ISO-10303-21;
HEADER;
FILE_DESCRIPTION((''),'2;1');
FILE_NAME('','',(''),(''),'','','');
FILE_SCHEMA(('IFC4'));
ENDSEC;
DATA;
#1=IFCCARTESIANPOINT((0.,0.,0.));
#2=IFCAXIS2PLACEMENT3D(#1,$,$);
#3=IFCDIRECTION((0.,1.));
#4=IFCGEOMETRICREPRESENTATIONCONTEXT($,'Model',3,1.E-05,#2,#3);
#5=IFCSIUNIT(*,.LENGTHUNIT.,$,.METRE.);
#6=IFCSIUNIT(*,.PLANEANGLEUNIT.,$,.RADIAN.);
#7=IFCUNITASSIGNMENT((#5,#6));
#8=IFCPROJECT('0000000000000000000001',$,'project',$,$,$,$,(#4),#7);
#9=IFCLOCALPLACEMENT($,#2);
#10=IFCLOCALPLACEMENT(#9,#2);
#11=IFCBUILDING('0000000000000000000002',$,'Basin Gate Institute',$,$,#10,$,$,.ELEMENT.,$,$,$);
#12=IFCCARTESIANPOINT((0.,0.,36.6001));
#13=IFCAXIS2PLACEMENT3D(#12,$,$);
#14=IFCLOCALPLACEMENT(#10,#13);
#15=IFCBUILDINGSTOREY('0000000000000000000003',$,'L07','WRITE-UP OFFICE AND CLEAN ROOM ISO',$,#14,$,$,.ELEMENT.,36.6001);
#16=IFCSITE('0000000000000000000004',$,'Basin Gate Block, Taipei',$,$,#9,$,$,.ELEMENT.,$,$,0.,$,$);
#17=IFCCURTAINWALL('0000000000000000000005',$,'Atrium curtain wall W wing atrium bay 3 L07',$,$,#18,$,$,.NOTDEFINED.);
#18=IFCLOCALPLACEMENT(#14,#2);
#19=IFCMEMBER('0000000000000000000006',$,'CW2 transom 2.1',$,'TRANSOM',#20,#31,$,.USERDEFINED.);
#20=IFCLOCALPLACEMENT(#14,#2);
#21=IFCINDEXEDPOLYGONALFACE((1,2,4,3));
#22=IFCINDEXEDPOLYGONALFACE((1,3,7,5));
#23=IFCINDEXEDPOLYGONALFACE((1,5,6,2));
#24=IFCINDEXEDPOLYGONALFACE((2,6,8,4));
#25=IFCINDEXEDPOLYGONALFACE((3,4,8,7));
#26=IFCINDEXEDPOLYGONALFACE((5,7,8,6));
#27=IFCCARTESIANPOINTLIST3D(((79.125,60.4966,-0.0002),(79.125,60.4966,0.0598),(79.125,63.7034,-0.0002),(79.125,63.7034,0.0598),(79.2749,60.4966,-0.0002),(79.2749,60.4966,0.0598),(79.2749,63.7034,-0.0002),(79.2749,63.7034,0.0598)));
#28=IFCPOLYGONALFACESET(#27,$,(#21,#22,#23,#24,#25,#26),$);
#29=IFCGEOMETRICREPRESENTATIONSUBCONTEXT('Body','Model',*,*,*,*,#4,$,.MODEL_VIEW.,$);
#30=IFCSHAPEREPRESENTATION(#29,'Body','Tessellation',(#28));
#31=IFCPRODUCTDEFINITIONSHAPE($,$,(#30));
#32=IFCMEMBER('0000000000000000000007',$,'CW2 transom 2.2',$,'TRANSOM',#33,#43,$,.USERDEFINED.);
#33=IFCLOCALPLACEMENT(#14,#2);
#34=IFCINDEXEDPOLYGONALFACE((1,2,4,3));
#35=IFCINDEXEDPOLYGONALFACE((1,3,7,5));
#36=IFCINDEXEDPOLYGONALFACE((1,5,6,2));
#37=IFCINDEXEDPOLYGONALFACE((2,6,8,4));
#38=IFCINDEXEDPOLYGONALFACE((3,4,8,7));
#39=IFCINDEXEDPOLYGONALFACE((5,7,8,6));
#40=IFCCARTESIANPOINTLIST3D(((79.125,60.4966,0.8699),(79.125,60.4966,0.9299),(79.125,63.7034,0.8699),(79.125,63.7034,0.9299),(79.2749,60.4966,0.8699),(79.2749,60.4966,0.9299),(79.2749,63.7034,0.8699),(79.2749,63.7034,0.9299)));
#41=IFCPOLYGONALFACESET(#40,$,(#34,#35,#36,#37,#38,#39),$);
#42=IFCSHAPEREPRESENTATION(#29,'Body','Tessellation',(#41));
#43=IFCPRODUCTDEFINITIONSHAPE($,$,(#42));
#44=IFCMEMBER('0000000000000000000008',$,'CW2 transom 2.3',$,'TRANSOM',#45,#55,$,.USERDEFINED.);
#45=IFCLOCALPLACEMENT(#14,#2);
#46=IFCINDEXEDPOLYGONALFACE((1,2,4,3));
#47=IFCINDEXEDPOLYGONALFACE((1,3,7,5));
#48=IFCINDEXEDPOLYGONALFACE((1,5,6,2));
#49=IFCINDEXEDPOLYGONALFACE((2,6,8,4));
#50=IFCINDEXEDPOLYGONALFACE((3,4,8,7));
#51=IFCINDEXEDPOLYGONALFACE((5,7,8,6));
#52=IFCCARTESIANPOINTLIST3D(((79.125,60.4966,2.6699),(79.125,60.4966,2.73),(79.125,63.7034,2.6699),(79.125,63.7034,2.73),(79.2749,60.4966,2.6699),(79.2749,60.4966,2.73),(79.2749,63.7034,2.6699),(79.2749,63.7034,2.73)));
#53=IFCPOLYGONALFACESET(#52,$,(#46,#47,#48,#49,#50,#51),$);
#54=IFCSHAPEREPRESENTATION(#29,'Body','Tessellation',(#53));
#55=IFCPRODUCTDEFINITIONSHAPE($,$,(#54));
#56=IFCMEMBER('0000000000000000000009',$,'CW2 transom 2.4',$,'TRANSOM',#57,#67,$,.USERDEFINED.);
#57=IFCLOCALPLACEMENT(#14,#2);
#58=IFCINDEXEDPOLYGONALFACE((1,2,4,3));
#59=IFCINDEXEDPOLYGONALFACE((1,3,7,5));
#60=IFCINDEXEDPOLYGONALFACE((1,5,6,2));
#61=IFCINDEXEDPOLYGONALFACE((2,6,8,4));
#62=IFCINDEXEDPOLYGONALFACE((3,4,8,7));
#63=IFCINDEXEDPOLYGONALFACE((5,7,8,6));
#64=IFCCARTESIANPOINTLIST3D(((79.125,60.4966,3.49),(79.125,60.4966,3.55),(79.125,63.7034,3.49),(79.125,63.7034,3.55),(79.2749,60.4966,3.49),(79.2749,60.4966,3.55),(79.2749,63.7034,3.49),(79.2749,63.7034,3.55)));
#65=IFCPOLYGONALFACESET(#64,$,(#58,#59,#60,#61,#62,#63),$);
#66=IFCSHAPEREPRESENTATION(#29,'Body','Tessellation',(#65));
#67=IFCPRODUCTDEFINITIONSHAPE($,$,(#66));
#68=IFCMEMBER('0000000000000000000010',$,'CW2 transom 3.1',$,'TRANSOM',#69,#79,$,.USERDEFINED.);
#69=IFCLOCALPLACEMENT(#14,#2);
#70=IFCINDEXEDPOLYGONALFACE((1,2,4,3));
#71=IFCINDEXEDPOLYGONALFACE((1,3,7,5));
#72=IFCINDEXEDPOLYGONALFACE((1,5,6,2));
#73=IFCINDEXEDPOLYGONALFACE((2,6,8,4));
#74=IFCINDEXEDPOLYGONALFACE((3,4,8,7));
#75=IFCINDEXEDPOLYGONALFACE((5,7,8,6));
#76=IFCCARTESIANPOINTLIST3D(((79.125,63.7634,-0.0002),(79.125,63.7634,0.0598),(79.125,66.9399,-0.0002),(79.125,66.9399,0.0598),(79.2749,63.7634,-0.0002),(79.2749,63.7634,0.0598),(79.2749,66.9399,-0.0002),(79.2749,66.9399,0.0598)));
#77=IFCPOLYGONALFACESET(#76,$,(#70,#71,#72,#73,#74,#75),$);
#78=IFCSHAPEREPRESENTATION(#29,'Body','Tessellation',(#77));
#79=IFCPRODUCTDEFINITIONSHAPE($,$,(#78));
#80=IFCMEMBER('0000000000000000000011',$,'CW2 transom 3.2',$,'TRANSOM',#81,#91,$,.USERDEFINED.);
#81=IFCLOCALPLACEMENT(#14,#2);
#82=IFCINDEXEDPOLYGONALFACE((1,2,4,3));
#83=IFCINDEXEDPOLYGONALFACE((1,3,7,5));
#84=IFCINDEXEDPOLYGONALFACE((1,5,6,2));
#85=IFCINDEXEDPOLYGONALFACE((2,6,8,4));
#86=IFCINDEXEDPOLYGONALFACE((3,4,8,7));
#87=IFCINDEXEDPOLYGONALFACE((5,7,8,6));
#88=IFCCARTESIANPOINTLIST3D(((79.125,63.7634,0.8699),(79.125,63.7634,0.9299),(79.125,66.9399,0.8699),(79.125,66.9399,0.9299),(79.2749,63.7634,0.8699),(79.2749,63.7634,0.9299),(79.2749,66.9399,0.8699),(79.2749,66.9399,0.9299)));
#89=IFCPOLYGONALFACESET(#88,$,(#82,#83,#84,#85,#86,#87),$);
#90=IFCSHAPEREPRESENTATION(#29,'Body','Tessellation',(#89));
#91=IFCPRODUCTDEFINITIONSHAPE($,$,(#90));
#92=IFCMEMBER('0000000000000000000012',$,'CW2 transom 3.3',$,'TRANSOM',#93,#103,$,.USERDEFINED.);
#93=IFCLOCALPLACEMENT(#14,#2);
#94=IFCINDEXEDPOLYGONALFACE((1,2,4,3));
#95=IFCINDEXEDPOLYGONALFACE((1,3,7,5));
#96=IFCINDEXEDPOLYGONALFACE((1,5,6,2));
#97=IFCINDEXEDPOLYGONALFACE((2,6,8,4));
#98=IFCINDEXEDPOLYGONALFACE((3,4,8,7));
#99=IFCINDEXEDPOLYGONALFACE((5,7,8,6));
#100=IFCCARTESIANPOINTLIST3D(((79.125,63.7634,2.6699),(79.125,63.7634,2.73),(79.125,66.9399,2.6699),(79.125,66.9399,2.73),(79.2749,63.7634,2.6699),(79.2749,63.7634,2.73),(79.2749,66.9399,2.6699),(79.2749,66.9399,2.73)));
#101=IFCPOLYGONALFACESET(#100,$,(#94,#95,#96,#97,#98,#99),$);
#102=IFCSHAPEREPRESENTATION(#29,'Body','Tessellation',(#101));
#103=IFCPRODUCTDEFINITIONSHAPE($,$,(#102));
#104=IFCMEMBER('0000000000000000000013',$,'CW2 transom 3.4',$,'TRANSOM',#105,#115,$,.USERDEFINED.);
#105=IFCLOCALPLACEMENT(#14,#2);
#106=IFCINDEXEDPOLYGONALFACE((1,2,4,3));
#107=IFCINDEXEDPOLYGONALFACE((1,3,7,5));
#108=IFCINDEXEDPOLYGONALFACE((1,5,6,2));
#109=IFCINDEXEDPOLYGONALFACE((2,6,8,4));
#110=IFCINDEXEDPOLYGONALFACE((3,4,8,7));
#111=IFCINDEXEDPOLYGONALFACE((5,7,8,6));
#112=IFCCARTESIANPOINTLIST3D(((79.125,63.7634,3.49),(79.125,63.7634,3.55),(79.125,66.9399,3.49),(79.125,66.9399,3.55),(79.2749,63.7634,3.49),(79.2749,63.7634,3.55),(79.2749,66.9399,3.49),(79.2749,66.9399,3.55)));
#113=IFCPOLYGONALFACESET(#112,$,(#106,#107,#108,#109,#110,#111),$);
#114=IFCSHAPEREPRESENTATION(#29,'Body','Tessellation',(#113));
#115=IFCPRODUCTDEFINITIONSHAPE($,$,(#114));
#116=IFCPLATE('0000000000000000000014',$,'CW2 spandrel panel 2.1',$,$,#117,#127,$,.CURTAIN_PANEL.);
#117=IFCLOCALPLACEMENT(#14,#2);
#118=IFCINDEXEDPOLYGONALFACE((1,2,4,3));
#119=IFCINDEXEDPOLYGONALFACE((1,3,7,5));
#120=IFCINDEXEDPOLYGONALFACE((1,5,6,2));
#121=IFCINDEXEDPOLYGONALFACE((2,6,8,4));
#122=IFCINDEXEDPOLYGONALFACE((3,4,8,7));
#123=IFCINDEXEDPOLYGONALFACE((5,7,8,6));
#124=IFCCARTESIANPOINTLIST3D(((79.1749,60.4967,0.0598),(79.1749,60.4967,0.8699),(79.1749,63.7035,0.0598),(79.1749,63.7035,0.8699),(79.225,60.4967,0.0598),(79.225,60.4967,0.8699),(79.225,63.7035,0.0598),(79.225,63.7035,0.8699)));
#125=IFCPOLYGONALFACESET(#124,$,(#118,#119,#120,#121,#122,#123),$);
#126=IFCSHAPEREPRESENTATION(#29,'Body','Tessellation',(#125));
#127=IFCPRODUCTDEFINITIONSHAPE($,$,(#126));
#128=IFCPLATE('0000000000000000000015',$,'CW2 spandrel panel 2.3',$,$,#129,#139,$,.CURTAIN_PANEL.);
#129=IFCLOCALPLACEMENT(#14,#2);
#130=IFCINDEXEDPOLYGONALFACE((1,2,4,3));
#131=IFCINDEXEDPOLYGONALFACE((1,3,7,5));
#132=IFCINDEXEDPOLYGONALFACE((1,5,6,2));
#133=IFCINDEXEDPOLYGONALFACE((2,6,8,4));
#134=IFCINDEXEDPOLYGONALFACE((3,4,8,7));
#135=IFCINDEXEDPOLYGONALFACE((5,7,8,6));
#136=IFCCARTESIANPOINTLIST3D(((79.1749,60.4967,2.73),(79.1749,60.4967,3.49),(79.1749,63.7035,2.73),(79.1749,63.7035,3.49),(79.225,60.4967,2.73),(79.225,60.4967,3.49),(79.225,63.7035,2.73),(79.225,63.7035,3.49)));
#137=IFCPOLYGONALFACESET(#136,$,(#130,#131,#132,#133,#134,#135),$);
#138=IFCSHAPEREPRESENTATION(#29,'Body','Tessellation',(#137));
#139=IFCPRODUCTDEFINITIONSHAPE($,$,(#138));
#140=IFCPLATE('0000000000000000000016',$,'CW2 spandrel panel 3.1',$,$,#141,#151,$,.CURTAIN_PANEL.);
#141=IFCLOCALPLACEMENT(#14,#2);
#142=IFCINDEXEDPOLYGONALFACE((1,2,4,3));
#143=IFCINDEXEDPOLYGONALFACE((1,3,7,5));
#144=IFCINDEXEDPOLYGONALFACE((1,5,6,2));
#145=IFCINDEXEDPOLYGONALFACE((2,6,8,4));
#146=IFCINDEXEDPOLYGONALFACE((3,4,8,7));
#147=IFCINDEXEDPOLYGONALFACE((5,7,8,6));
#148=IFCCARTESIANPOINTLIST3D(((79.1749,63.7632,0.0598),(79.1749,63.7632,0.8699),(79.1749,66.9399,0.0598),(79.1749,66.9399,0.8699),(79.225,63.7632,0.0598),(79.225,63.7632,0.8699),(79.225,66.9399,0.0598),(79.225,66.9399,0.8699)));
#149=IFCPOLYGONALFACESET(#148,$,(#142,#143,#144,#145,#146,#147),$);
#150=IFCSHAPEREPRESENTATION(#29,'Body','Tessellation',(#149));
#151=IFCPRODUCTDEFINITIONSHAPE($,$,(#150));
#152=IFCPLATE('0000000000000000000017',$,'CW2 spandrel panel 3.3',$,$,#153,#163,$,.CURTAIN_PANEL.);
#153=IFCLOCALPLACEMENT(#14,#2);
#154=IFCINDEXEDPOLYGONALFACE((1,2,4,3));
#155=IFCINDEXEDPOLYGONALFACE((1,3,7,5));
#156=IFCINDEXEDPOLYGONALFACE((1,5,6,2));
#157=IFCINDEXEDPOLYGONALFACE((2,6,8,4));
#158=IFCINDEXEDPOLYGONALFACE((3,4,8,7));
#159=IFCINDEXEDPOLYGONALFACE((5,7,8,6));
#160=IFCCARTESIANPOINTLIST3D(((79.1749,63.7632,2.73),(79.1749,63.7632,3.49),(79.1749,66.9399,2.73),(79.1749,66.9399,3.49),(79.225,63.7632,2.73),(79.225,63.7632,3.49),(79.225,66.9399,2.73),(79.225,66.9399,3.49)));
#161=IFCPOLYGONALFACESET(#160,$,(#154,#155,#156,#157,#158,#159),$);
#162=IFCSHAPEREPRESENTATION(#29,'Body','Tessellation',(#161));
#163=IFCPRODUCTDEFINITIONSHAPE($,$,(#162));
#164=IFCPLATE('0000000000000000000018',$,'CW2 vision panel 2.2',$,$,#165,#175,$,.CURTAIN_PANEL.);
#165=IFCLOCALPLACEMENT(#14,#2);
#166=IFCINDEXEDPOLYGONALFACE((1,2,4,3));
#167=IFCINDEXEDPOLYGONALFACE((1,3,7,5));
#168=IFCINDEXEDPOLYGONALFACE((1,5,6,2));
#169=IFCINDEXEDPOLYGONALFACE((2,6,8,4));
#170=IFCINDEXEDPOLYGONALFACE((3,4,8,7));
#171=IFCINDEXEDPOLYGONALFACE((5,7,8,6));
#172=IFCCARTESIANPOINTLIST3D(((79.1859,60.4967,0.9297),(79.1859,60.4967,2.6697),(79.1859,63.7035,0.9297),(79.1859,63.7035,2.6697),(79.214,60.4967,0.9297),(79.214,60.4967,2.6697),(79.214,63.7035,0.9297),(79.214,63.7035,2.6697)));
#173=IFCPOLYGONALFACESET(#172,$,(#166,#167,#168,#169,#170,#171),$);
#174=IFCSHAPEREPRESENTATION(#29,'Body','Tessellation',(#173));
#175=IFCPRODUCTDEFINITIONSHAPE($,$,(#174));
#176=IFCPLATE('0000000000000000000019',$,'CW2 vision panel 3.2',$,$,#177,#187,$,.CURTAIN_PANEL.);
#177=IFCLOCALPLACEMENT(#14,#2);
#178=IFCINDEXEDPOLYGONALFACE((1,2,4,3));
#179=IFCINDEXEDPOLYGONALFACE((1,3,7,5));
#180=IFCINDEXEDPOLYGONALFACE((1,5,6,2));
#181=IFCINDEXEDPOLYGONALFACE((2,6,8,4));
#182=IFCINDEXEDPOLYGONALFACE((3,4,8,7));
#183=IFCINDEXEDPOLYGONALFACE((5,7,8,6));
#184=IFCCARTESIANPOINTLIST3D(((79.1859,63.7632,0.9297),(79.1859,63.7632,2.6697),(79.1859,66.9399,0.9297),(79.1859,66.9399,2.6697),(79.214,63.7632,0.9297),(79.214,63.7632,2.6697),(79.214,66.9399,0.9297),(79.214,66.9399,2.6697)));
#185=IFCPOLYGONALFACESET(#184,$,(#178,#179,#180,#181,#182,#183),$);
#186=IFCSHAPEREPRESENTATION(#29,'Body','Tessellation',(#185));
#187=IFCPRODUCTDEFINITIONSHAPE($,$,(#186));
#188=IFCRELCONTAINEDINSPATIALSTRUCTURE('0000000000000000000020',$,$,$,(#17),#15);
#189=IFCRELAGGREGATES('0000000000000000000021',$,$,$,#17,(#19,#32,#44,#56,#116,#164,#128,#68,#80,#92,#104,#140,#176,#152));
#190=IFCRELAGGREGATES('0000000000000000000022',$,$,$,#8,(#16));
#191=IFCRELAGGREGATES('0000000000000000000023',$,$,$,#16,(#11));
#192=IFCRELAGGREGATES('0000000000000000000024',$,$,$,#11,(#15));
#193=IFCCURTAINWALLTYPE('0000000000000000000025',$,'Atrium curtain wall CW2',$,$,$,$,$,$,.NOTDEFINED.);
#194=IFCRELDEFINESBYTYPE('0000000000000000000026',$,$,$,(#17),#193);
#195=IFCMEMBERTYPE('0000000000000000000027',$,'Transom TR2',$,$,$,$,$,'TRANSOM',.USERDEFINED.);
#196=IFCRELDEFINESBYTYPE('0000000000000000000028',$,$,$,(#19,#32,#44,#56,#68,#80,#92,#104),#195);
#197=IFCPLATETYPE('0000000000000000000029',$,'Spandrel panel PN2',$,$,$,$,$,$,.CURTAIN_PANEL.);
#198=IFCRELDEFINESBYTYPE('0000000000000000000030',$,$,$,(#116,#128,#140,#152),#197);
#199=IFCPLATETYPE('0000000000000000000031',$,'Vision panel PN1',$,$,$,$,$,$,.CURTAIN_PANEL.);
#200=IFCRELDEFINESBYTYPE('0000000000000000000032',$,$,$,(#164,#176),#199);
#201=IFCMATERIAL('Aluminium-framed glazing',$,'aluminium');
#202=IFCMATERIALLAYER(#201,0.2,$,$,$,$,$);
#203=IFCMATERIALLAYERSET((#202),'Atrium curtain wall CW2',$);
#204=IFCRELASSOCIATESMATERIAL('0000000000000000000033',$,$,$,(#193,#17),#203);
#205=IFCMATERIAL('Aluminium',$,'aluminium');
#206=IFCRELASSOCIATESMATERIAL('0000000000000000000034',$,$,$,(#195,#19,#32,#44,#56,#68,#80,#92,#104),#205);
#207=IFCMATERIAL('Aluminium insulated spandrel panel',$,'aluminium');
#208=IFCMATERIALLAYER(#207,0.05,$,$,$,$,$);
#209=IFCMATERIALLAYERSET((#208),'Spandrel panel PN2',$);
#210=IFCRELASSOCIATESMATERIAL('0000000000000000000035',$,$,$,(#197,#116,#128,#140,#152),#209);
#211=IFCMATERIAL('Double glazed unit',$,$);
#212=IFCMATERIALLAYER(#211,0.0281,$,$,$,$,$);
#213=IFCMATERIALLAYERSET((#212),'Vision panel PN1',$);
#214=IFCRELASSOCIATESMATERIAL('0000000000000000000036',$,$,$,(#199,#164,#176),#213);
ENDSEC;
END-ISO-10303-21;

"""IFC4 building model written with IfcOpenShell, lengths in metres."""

from ifc_helpers import new_model, si_unit, direction, frame, origin, origin_2d, place, context, subcontext, project, spatial, rectangle, extrude, material, layer, layer_set, material_profile, profile_set, type_object, element, aggregate, save


model = new_model("IFC4")

# Units and contexts
model_context = context("Model", 3, precision=1e-05, world=origin(), true_north=direction((0.0, 1.0)))
body_context = subcontext(model_context, "Body", "Model", "MODEL_VIEW")
ifc_project = project(units=[si_unit("LENGTHUNIT", "METRE"), si_unit("PLANEANGLEUNIT", "RADIAN")], contexts=[model_context])

# Site, building, storey
site_placement = place(None, origin())
site = spatial("IfcSite", under=ifc_project, at=site_placement, Name="Basin Gate Block, Taipei", CompositionType="ELEMENT", RefElevation=0.0)
building_placement = place(site_placement, origin())
building = spatial("IfcBuilding", under=site, at=building_placement, Name="Basin Gate Institute", CompositionType="ELEMENT")
storey_placement = place(building_placement, frame((0.0, 0.0, 36.6001)))
storey = spatial("IfcBuildingStorey", under=building, at=storey_placement, Name="L07", Description="WRITE-UP OFFICE AND CLEAN ROOM ISO", CompositionType="ELEMENT", Elevation=36.6001)

# Curtain wall
ifc_material_1 = material(Name="Aluminium-framed glazing", Category="aluminium")
ifc_layer_1 = layer(ifc_material_1, 0.2)
ifc_layer_set_1 = layer_set([ifc_layer_1], Name="Atrium curtain wall CW2")
curtain_wall_type = type_object("IfcCurtainWallType", Name="Atrium curtain wall CW2", PredefinedType="NOTDEFINED", material=ifc_layer_set_1)
curtain_wall_placement = place(storey_placement, origin())
curtain_wall = element("IfcCurtainWall", 1, at=curtain_wall_placement, inside=storey, type_object=curtain_wall_type, material=ifc_layer_set_1, Name="Atrium curtain wall W wing atrium bay 3 L07", PredefinedType="NOTDEFINED")

# Members
ifc_material_2 = material(Name="Aluminium", Category="aluminium")
ifc_material_profile_1 = material_profile(ifc_material_2, rectangle(XDim=0.1499, YDim=0.0601, at=origin_2d()), Name="Transom TR2 150 x 60")
ifc_profile_set_1 = profile_set([ifc_material_profile_1], Name="Aluminium")
member_type_1 = type_object("IfcMemberType", Name="Transom TR2", ElementType="TRANSOM", PredefinedType="USERDEFINED", material=ifc_profile_set_1)
member_1_placement = place(storey_placement, frame((79.2, 60.4966, 0.0298), z_axis=(0.0, 1.0, 0.0), x_axis=(-1.0, 0.0, 0.0)))
member_1 = element("IfcMember", 2, at=member_1_placement, type_object=member_type_1, material=ifc_profile_set_1, Name="CW2 transom 2.1", ObjectType="TRANSOM", PredefinedType="USERDEFINED", context=body_context, shape_type="SweptSolid", body=[
    extrude(rectangle(XDim=0.1499, YDim=0.0601, at=origin_2d()), origin(), (0.0, 0.0, 1.0), 3.2068),
])
member_2_placement = place(storey_placement, frame((79.2, 60.4966, 0.8999), z_axis=(0.0, 1.0, 0.0), x_axis=(-1.0, 0.0, 0.0)))
member_2 = element("IfcMember", 3, at=member_2_placement, type_object=member_type_1, material=ifc_profile_set_1, Name="CW2 transom 2.2", ObjectType="TRANSOM", PredefinedType="USERDEFINED", context=body_context, shape_type="SweptSolid", body=[
    extrude(rectangle(XDim=0.1499, YDim=0.0601, at=origin_2d()), origin(), (0.0, 0.0, 1.0), 3.2068),
])
member_3_placement = place(storey_placement, frame((79.2, 60.4966, 2.7), z_axis=(0.0, 1.0, 0.0), x_axis=(-1.0, 0.0, 0.0)))
member_3 = element("IfcMember", 4, at=member_3_placement, type_object=member_type_1, material=ifc_profile_set_1, Name="CW2 transom 2.3", ObjectType="TRANSOM", PredefinedType="USERDEFINED", context=body_context, shape_type="SweptSolid", body=[
    extrude(rectangle(XDim=0.1499, YDim=0.0601, at=origin_2d()), origin(), (0.0, 0.0, 1.0), 3.2068),
])
member_4_placement = place(storey_placement, frame((79.2, 60.4966, 3.52), z_axis=(0.0, 1.0, 0.0), x_axis=(-1.0, 0.0, 0.0)))
member_4 = element("IfcMember", 5, at=member_4_placement, type_object=member_type_1, material=ifc_profile_set_1, Name="CW2 transom 2.4", ObjectType="TRANSOM", PredefinedType="USERDEFINED", context=body_context, shape_type="SweptSolid", body=[
    extrude(rectangle(XDim=0.1499, YDim=0.0601, at=origin_2d()), origin(), (0.0, 0.0, 1.0), 3.2068),
])
member_5_placement = place(storey_placement, frame((79.2, 63.7634, 0.0298), z_axis=(0.0, 1.0, 0.0), x_axis=(-1.0, 0.0, 0.0)))
member_5 = element("IfcMember", 6, at=member_5_placement, type_object=member_type_1, material=ifc_profile_set_1, Name="CW2 transom 3.1", ObjectType="TRANSOM", PredefinedType="USERDEFINED", context=body_context, shape_type="SweptSolid", body=[
    extrude(rectangle(XDim=0.1499, YDim=0.0601, at=origin_2d()), origin(), (0.0, 0.0, 1.0), 3.1765),
])
member_6_placement = place(storey_placement, frame((79.2, 63.7634, 0.8999), z_axis=(0.0, 1.0, 0.0), x_axis=(-1.0, 0.0, 0.0)))
member_6 = element("IfcMember", 7, at=member_6_placement, type_object=member_type_1, material=ifc_profile_set_1, Name="CW2 transom 3.2", ObjectType="TRANSOM", PredefinedType="USERDEFINED", context=body_context, shape_type="SweptSolid", body=[
    extrude(rectangle(XDim=0.1499, YDim=0.0601, at=origin_2d()), origin(), (0.0, 0.0, 1.0), 3.1765),
])
member_7_placement = place(storey_placement, frame((79.2, 63.7634, 2.7), z_axis=(0.0, 1.0, 0.0), x_axis=(-1.0, 0.0, 0.0)))
member_7 = element("IfcMember", 8, at=member_7_placement, type_object=member_type_1, material=ifc_profile_set_1, Name="CW2 transom 3.3", ObjectType="TRANSOM", PredefinedType="USERDEFINED", context=body_context, shape_type="SweptSolid", body=[
    extrude(rectangle(XDim=0.1499, YDim=0.0601, at=origin_2d()), origin(), (0.0, 0.0, 1.0), 3.1765),
])
member_8_placement = place(storey_placement, frame((79.2, 63.7634, 3.52), z_axis=(0.0, 1.0, 0.0), x_axis=(-1.0, 0.0, 0.0)))
member_8 = element("IfcMember", 9, at=member_8_placement, type_object=member_type_1, material=ifc_profile_set_1, Name="CW2 transom 3.4", ObjectType="TRANSOM", PredefinedType="USERDEFINED", context=body_context, shape_type="SweptSolid", body=[
    extrude(rectangle(XDim=0.1499, YDim=0.0601, at=origin_2d()), origin(), (0.0, 0.0, 1.0), 3.1765),
])

# Plates
ifc_material_3 = material(Name="Aluminium insulated spandrel panel", Category="aluminium")
ifc_layer_2 = layer(ifc_material_3, 0.05)
ifc_layer_set_2 = layer_set([ifc_layer_2], Name="Spandrel panel PN2")
plate_type_1 = type_object("IfcPlateType", Name="Spandrel panel PN2", PredefinedType="CURTAIN_PANEL", material=ifc_layer_set_2)
plate_1_placement = place(storey_placement, frame((79.2, 62.1001, 0.0598), z_axis=(0.0, 0.0, 1.0), x_axis=(0.0, 1.0, 0.0)))
plate_1 = element("IfcPlate", 10, at=plate_1_placement, type_object=plate_type_1, material=ifc_layer_set_2, Name="CW2 spandrel panel 2.1", PredefinedType="CURTAIN_PANEL", context=body_context, shape_type="SweptSolid", body=[
    extrude(rectangle(XDim=3.2068, YDim=0.05, at=origin_2d()), origin(), (0.0, 0.0, 1.0), 0.8101),
])
plate_2_placement = place(storey_placement, frame((79.2, 62.1001, 2.73), z_axis=(0.0, 0.0, 1.0), x_axis=(0.0, 1.0, 0.0)))
plate_2 = element("IfcPlate", 11, at=plate_2_placement, type_object=plate_type_1, material=ifc_layer_set_2, Name="CW2 spandrel panel 2.3", PredefinedType="CURTAIN_PANEL", context=body_context, shape_type="SweptSolid", body=[
    extrude(rectangle(XDim=3.2068, YDim=0.05, at=origin_2d()), origin(), (0.0, 0.0, 1.0), 0.76),
])
plate_3_placement = place(storey_placement, frame((79.2, 65.3516, 0.0598), z_axis=(0.0, 0.0, 1.0), x_axis=(0.0, 1.0, 0.0)))
plate_3 = element("IfcPlate", 12, at=plate_3_placement, type_object=plate_type_1, material=ifc_layer_set_2, Name="CW2 spandrel panel 3.1", PredefinedType="CURTAIN_PANEL", context=body_context, shape_type="SweptSolid", body=[
    extrude(rectangle(XDim=3.1768, YDim=0.05, at=origin_2d()), origin(), (0.0, 0.0, 1.0), 0.8101),
])
plate_4_placement = place(storey_placement, frame((79.2, 65.3516, 2.73), z_axis=(0.0, 0.0, 1.0), x_axis=(0.0, 1.0, 0.0)))
plate_4 = element("IfcPlate", 13, at=plate_4_placement, type_object=plate_type_1, material=ifc_layer_set_2, Name="CW2 spandrel panel 3.3", PredefinedType="CURTAIN_PANEL", context=body_context, shape_type="SweptSolid", body=[
    extrude(rectangle(XDim=3.1768, YDim=0.05, at=origin_2d()), origin(), (0.0, 0.0, 1.0), 0.76),
])
ifc_material_4 = material(Name="Double glazed unit")
ifc_layer_3 = layer(ifc_material_4, 0.0281)
ifc_layer_set_3 = layer_set([ifc_layer_3], Name="Vision panel PN1")
plate_type_2 = type_object("IfcPlateType", Name="Vision panel PN1", PredefinedType="CURTAIN_PANEL", material=ifc_layer_set_3)
plate_5_placement = place(storey_placement, frame((79.2, 62.1001, 0.9297), z_axis=(0.0, 0.0, 1.0), x_axis=(0.0, 1.0, 0.0)))
plate_5 = element("IfcPlate", 14, at=plate_5_placement, type_object=plate_type_2, material=ifc_layer_set_3, Name="CW2 vision panel 2.2", PredefinedType="CURTAIN_PANEL", context=body_context, shape_type="SweptSolid", body=[
    extrude(rectangle(XDim=3.2068, YDim=0.0281, at=origin_2d()), origin(), (0.0, 0.0, 1.0), 1.74),
])
plate_6_placement = place(storey_placement, frame((79.2, 65.3516, 0.9297), z_axis=(0.0, 0.0, 1.0), x_axis=(0.0, 1.0, 0.0)))
plate_6 = element("IfcPlate", 15, at=plate_6_placement, type_object=plate_type_2, material=ifc_layer_set_3, Name="CW2 vision panel 3.2", PredefinedType="CURTAIN_PANEL", context=body_context, shape_type="SweptSolid", body=[
    extrude(rectangle(XDim=3.1768, YDim=0.0281, at=origin_2d()), origin(), (0.0, 0.0, 1.0), 1.74),
])
aggregate(curtain_wall, [member_1, member_2, member_3, member_4, plate_1, plate_5, plate_2, member_5, member_6, member_7, member_8, plate_3, plate_6, plate_4])

save(model, "model.ifc")
